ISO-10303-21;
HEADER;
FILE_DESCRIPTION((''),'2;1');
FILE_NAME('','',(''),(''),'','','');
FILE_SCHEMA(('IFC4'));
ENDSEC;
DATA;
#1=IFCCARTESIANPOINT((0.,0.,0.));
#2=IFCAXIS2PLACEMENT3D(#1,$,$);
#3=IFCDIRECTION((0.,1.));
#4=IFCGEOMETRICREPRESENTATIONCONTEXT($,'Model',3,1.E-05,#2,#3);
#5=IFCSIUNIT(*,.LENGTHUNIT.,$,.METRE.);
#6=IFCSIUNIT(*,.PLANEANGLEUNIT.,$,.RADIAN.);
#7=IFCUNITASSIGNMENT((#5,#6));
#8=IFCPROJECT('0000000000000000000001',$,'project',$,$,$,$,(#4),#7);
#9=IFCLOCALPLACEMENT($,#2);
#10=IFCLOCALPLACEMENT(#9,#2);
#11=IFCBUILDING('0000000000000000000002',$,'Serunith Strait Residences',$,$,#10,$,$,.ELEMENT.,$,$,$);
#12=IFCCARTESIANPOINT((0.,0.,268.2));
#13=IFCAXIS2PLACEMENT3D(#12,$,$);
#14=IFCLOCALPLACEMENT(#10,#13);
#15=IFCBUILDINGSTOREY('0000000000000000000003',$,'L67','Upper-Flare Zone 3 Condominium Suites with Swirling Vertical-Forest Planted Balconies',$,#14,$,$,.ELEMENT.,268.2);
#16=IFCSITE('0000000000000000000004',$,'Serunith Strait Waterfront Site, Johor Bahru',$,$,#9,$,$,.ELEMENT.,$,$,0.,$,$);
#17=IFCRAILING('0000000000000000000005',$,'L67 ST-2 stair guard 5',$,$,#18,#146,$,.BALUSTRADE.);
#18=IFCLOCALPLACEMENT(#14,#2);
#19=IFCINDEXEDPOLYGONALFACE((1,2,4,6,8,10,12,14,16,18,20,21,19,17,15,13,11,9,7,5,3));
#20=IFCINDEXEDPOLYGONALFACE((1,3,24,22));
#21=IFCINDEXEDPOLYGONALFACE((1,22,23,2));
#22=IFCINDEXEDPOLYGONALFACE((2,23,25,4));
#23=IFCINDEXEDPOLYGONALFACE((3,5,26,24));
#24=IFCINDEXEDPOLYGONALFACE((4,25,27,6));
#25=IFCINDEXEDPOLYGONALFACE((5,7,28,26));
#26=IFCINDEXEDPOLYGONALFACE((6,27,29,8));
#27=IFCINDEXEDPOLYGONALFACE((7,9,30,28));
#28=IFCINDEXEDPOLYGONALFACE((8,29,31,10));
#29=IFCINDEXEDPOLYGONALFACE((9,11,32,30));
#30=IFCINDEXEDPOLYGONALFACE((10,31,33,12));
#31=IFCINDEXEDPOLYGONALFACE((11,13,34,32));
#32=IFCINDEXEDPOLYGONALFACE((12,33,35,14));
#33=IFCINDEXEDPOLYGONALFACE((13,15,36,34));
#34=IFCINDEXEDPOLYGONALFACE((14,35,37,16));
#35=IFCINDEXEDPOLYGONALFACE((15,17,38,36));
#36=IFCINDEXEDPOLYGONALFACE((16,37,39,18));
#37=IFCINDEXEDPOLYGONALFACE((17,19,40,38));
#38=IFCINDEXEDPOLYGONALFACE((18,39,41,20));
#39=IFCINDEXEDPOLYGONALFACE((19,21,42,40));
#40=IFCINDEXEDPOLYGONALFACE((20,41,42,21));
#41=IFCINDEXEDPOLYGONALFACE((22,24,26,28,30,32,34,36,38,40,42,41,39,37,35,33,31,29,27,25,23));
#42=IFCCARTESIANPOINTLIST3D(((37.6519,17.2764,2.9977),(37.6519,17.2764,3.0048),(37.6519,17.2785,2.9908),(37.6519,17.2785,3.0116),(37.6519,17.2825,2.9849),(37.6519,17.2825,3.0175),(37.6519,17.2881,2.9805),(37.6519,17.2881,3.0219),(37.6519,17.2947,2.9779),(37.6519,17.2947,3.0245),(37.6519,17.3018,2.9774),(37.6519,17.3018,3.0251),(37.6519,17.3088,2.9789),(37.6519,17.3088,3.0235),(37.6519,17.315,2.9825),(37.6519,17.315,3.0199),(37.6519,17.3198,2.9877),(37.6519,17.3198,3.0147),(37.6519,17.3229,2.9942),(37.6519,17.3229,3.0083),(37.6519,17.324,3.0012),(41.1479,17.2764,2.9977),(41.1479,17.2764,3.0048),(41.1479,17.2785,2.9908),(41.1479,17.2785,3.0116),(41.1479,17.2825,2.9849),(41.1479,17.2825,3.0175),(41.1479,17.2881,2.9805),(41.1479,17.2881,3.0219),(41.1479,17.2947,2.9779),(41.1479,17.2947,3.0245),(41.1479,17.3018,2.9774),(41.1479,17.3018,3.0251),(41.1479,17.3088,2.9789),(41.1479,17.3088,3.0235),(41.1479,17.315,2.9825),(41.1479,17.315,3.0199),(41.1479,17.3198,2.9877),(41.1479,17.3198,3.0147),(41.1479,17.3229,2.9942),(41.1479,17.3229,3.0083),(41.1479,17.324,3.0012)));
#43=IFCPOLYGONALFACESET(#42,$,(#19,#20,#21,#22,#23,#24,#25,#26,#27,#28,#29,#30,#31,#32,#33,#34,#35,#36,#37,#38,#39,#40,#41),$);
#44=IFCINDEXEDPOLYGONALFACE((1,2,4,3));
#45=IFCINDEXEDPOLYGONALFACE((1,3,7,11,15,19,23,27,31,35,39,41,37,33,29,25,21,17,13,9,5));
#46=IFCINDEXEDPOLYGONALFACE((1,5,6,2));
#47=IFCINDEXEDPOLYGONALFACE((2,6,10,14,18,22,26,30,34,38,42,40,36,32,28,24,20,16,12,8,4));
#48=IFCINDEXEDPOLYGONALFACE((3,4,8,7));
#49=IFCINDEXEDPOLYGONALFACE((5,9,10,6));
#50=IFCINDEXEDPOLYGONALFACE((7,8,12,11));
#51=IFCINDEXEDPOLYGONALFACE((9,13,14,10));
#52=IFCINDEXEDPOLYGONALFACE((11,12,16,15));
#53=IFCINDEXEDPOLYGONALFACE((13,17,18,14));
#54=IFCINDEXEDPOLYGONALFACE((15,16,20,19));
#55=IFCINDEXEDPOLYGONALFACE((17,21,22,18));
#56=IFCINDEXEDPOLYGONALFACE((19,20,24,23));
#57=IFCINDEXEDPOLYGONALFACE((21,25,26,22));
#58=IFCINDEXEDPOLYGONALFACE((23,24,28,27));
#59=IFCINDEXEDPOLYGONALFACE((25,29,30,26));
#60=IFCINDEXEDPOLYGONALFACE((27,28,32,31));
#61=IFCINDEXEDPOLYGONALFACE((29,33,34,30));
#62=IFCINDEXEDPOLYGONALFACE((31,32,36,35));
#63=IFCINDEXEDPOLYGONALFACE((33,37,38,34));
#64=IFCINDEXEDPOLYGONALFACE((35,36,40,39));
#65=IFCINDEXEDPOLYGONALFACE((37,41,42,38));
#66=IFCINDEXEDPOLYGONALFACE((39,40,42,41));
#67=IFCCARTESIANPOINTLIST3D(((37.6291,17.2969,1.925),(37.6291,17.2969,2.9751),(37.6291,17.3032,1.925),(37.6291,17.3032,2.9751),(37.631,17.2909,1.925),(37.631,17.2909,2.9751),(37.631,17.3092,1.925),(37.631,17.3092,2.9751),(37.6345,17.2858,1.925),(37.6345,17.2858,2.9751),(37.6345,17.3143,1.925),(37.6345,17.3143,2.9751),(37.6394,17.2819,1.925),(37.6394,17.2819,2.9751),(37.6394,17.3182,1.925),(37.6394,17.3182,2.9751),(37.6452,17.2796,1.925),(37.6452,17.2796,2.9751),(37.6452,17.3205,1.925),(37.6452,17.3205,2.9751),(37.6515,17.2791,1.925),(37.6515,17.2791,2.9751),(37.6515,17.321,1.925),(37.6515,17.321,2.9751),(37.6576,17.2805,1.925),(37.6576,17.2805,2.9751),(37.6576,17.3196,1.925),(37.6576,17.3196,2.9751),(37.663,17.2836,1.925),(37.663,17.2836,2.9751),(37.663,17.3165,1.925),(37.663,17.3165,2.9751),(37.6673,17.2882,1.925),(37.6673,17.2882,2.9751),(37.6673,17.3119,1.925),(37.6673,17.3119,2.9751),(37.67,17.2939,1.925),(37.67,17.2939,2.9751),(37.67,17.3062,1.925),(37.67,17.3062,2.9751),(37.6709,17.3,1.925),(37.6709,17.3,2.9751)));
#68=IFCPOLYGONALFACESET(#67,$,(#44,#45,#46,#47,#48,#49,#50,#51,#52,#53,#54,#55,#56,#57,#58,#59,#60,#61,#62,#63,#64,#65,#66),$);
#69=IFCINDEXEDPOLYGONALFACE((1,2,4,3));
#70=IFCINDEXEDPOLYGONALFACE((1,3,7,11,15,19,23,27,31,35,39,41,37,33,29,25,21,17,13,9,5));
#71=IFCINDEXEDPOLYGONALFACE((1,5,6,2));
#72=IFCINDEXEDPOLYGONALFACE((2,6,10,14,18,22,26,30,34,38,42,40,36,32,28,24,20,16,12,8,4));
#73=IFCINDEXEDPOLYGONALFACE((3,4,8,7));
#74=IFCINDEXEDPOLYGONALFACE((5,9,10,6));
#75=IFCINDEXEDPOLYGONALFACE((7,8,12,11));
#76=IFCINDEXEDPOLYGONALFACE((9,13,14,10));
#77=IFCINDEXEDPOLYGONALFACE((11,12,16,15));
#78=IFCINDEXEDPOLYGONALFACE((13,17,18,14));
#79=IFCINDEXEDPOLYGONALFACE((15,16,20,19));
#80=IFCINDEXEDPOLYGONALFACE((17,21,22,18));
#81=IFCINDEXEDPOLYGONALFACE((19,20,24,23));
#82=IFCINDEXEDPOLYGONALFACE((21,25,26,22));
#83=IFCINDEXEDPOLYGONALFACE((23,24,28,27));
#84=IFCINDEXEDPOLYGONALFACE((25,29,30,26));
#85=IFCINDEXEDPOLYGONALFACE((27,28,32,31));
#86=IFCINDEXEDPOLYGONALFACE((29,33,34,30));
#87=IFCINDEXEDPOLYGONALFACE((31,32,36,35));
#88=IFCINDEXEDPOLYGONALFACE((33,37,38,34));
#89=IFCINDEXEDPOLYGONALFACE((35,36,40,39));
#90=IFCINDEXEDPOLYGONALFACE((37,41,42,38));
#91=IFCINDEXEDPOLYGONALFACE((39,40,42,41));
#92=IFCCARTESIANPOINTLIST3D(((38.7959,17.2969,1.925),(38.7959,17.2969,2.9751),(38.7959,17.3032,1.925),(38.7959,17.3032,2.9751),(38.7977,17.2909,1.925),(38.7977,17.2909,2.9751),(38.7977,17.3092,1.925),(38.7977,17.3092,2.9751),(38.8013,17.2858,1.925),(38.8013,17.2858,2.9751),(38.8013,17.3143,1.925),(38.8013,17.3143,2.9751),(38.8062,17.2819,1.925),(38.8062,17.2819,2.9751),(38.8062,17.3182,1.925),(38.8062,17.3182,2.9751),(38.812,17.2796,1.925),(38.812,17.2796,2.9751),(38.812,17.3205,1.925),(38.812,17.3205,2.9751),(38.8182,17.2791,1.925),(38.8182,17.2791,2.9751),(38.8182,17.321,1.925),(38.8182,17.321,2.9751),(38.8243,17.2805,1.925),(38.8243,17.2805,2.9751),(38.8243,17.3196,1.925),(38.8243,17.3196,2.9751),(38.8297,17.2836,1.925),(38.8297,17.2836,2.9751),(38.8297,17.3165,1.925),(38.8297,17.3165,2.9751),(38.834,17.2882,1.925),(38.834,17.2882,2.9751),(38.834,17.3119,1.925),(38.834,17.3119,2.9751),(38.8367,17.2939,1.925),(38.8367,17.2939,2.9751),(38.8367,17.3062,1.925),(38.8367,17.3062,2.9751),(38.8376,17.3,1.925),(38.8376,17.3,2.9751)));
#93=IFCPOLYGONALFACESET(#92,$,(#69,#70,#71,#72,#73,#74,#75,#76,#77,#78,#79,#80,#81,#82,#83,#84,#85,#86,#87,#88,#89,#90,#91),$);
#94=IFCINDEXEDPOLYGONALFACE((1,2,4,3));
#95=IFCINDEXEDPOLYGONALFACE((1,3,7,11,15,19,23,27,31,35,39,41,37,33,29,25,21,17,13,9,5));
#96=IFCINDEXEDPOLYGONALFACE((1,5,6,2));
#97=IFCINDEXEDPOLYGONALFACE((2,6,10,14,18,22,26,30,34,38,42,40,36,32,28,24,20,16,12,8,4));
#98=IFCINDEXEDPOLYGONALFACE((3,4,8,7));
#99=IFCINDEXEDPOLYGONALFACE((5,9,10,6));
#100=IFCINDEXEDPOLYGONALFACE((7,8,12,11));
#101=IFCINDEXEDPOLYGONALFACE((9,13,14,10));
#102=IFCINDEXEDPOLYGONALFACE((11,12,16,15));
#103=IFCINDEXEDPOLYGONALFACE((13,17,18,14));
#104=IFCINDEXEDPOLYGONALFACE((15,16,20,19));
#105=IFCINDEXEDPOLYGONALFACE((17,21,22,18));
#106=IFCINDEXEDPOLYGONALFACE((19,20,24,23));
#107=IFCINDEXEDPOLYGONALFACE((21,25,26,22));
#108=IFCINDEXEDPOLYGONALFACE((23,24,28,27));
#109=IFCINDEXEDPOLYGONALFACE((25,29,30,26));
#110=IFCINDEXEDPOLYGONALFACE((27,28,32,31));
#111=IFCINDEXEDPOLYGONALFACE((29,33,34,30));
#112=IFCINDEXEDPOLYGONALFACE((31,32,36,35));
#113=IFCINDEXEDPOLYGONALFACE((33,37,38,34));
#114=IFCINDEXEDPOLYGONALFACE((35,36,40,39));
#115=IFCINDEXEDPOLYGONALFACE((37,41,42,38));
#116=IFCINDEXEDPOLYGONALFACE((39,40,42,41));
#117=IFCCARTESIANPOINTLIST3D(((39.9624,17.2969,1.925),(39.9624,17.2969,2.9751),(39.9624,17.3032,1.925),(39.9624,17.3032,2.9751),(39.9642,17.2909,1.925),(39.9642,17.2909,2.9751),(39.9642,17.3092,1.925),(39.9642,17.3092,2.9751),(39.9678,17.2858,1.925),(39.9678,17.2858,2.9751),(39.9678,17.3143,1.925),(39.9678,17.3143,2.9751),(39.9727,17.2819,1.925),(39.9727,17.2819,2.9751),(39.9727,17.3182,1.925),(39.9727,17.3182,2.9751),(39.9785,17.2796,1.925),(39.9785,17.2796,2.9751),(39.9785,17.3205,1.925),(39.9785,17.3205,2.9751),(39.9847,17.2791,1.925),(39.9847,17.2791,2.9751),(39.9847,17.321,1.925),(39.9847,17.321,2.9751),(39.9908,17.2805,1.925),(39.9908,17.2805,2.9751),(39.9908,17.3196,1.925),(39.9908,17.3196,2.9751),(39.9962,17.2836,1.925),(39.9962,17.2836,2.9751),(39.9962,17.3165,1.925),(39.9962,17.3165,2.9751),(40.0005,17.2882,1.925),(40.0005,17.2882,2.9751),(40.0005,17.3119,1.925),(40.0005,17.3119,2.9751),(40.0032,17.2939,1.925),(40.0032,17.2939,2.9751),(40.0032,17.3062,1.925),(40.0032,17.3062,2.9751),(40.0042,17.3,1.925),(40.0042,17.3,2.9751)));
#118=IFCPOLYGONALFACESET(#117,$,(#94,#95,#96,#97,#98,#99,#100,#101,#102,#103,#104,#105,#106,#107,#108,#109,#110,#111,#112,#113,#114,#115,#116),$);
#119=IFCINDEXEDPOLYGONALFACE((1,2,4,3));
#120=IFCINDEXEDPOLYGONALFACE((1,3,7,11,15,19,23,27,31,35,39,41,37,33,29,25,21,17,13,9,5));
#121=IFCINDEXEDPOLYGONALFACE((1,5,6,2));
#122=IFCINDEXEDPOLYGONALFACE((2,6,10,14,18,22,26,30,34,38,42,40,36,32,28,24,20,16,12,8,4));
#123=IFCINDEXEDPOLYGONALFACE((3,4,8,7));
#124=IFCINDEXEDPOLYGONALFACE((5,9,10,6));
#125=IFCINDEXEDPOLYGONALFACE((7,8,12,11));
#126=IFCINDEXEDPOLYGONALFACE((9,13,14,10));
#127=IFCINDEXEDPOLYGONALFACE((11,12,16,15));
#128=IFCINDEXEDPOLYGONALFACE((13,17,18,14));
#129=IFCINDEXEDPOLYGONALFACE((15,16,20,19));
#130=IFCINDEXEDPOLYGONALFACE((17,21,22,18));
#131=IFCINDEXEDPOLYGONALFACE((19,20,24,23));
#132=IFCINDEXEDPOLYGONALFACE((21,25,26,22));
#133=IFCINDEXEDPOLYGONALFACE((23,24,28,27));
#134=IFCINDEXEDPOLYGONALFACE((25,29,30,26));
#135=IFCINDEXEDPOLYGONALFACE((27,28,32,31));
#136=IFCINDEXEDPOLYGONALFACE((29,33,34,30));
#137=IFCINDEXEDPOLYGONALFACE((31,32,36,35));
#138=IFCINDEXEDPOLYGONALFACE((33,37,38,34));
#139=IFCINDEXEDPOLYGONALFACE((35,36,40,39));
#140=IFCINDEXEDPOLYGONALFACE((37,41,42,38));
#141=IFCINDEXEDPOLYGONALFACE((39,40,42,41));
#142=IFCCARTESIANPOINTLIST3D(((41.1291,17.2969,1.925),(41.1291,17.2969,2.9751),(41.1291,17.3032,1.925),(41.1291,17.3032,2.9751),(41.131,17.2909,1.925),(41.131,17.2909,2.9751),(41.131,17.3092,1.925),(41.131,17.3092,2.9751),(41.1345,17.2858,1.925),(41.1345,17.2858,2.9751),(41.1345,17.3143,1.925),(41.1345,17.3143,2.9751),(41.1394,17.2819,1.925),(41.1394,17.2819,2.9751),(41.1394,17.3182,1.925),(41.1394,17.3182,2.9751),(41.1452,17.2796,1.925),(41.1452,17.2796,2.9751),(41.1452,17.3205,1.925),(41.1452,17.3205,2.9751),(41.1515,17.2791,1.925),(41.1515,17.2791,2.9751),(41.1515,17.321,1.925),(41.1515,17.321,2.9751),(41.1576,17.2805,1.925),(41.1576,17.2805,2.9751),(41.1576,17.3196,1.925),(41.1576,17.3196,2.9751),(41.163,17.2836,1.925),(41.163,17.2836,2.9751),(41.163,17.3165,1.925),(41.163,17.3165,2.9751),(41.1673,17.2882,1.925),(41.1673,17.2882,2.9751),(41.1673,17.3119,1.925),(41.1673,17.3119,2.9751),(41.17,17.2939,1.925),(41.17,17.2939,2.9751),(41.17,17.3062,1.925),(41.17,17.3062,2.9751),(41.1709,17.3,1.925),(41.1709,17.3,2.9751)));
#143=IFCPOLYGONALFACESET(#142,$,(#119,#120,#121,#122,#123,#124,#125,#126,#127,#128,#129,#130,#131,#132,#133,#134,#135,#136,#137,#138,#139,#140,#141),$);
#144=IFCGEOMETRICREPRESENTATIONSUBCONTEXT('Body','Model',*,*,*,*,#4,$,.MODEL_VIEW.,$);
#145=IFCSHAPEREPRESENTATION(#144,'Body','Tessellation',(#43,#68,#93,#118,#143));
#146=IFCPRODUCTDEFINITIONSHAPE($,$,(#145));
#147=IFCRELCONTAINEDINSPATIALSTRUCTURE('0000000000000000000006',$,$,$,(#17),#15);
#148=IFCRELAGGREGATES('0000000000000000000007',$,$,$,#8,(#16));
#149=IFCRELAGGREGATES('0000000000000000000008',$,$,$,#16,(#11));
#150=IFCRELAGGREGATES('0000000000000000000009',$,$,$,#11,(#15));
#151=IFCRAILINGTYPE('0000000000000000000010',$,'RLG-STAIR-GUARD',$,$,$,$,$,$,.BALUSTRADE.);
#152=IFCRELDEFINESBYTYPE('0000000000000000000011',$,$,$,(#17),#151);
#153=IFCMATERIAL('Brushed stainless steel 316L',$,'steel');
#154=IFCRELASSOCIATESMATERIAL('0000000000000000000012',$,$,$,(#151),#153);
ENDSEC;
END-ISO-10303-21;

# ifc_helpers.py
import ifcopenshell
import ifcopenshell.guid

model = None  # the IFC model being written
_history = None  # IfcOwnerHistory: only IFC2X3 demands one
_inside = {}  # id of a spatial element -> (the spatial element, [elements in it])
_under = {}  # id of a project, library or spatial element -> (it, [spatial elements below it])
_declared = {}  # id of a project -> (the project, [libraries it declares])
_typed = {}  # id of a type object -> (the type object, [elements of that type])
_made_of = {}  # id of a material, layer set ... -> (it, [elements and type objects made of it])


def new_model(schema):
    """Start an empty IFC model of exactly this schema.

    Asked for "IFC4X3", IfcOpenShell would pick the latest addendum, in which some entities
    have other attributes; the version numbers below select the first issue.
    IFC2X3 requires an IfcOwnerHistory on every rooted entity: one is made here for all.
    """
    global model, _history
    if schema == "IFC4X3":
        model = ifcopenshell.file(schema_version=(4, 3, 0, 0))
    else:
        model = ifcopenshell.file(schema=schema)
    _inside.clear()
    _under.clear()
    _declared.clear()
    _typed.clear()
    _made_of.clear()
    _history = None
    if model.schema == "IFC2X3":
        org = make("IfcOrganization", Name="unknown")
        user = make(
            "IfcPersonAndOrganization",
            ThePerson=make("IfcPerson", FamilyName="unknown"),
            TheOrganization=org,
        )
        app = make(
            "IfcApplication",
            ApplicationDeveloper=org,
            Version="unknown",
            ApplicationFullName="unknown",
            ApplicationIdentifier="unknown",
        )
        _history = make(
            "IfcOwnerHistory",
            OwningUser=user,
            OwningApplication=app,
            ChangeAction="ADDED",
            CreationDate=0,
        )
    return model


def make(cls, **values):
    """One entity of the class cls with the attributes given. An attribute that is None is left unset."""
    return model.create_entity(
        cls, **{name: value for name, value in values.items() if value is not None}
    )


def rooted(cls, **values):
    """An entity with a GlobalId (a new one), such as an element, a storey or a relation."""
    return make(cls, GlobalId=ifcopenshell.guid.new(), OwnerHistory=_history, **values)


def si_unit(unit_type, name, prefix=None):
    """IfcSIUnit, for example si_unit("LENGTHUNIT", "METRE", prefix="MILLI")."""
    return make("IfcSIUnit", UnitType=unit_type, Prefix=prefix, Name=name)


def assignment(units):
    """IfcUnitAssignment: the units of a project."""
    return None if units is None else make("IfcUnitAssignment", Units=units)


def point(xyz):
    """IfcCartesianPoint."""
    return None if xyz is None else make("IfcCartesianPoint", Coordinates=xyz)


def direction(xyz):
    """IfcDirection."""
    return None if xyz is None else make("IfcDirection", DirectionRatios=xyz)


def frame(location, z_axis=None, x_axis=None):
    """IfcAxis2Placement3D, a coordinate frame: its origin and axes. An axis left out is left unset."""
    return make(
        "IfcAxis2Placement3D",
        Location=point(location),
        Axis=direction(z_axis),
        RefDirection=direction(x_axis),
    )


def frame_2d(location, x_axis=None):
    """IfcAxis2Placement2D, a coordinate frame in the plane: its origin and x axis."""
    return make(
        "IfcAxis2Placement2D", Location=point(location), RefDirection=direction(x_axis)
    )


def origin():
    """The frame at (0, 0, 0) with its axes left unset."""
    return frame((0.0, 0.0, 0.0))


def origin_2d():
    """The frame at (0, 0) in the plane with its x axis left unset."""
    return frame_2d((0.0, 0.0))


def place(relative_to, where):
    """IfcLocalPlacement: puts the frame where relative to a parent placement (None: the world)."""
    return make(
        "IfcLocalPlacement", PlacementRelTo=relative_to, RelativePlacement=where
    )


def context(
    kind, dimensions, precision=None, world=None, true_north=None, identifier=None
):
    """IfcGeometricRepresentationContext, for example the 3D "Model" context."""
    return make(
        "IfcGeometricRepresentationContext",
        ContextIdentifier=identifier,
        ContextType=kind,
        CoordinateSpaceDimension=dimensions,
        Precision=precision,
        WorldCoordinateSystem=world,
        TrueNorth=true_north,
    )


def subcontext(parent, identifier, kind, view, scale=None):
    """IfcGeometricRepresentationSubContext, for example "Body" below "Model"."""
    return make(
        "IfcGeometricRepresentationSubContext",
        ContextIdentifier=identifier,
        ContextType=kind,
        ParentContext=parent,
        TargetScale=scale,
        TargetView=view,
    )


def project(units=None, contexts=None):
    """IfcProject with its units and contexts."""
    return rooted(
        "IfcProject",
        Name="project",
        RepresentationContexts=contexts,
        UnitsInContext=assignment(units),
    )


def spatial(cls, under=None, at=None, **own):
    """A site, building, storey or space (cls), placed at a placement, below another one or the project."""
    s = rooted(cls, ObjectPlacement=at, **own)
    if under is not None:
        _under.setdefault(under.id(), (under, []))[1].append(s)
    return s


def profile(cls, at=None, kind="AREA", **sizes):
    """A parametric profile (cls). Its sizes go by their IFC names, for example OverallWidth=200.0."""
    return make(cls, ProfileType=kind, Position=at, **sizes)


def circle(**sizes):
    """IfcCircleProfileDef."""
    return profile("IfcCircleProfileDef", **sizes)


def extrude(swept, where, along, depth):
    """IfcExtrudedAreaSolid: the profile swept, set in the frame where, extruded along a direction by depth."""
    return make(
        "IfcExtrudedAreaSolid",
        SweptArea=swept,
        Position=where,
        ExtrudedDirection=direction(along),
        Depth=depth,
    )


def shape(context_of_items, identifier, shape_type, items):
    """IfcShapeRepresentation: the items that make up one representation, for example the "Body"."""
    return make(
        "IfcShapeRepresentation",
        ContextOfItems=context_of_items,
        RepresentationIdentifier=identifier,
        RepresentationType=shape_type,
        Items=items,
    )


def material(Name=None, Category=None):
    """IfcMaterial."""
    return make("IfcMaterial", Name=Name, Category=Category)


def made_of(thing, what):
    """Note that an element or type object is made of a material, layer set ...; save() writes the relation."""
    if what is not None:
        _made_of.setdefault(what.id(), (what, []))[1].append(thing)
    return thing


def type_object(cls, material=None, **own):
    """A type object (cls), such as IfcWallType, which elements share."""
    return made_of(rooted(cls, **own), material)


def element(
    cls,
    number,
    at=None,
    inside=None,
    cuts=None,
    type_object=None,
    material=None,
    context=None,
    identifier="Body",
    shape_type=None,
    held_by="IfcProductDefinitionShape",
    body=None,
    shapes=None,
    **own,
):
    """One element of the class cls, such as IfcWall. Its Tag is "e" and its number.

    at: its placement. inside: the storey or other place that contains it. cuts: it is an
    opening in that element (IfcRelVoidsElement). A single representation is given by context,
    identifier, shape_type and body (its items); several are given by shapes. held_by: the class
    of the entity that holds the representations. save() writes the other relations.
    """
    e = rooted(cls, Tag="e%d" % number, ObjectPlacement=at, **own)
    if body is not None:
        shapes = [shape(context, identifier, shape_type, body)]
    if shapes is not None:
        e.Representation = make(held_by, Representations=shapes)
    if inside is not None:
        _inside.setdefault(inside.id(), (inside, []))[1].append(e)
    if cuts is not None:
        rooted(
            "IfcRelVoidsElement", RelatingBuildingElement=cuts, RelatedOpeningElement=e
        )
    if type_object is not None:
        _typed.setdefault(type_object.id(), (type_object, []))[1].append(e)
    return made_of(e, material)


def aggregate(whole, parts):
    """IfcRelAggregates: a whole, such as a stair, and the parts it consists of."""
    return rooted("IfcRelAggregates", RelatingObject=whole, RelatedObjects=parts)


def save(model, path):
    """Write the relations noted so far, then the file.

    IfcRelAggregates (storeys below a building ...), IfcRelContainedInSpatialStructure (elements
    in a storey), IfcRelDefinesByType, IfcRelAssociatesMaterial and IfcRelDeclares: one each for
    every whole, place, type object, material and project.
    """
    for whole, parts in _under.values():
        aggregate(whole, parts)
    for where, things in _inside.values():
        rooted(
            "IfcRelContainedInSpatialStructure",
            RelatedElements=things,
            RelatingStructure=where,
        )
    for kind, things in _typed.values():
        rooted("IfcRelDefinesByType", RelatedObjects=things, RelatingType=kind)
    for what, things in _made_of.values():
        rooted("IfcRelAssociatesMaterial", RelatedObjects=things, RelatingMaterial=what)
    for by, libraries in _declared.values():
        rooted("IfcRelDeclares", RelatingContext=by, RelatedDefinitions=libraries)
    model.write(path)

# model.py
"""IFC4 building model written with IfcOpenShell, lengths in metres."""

from ifc_helpers import new_model, si_unit, direction, frame, origin, origin_2d, place, context, subcontext, project, spatial, circle, extrude, material, type_object, element, save


model = new_model("IFC4")

# Units and contexts
model_context = context("Model", 3, precision=1e-05, world=origin(), true_north=direction((0.0, 1.0)))
body_context = subcontext(model_context, "Body", "Model", "MODEL_VIEW")
ifc_project = project(units=[si_unit("LENGTHUNIT", "METRE"), si_unit("PLANEANGLEUNIT", "RADIAN")], contexts=[model_context])

# Site, building, storey
site_placement = place(None, origin())
site = spatial("IfcSite", under=ifc_project, at=site_placement, Name="Serunith Strait Waterfront Site, Johor Bahru", CompositionType="ELEMENT", RefElevation=0.0)
building_placement = place(site_placement, origin())
building = spatial("IfcBuilding", under=site, at=building_placement, Name="Serunith Strait Residences", CompositionType="ELEMENT")
storey_placement = place(building_placement, frame((0.0, 0.0, 268.2)))
storey = spatial("IfcBuildingStorey", under=building, at=storey_placement, Name="L67", Description="Upper-Flare Zone 3 Condominium Suites with Swirling Vertical-Forest Planted Balconies", CompositionType="ELEMENT", Elevation=268.2)

# Railing
ifc_material_1 = material(Name="Brushed stainless steel 316L", Category="steel")
railing_type_1 = type_object("IfcRailingType", Name="RLG-STAIR-GUARD", PredefinedType="BALUSTRADE", material=ifc_material_1)
railing_1_placement = place(storey_placement, frame((37.6499, 17.3, 1.925)))
element("IfcRailing", 1, at=railing_1_placement, inside=storey, type_object=railing_type_1, Name="L67 ST-2 stair guard 5", PredefinedType="BALUSTRADE", context=body_context, shape_type="SweptSolid", body=[
    extrude(circle(Radius=0.0239, at=origin_2d()), frame((0.002, 0.0, 1.0762), z_axis=(1.0, 0.0, 0.0), x_axis=(0.0, 1.0, 0.0)), (0.0, 0.0, 1.0), 3.4961),
    extrude(circle(Radius=0.021, at=origin_2d()), origin(), (0.0, 0.0, 1.0), 1.05),
    extrude(circle(Radius=0.021, at=origin_2d()), frame((1.1667, 0.0, 0.0)), (0.0, 0.0, 1.0), 1.05),
    extrude(circle(Radius=0.021, at=origin_2d()), frame((2.3333, 0.0, 0.0)), (0.0, 0.0, 1.0), 1.05),
    extrude(circle(Radius=0.021, at=origin_2d()), frame((3.5, 0.0, 0.0)), (0.0, 0.0, 1.0), 1.05),
])

save(model, "model.ifc")
